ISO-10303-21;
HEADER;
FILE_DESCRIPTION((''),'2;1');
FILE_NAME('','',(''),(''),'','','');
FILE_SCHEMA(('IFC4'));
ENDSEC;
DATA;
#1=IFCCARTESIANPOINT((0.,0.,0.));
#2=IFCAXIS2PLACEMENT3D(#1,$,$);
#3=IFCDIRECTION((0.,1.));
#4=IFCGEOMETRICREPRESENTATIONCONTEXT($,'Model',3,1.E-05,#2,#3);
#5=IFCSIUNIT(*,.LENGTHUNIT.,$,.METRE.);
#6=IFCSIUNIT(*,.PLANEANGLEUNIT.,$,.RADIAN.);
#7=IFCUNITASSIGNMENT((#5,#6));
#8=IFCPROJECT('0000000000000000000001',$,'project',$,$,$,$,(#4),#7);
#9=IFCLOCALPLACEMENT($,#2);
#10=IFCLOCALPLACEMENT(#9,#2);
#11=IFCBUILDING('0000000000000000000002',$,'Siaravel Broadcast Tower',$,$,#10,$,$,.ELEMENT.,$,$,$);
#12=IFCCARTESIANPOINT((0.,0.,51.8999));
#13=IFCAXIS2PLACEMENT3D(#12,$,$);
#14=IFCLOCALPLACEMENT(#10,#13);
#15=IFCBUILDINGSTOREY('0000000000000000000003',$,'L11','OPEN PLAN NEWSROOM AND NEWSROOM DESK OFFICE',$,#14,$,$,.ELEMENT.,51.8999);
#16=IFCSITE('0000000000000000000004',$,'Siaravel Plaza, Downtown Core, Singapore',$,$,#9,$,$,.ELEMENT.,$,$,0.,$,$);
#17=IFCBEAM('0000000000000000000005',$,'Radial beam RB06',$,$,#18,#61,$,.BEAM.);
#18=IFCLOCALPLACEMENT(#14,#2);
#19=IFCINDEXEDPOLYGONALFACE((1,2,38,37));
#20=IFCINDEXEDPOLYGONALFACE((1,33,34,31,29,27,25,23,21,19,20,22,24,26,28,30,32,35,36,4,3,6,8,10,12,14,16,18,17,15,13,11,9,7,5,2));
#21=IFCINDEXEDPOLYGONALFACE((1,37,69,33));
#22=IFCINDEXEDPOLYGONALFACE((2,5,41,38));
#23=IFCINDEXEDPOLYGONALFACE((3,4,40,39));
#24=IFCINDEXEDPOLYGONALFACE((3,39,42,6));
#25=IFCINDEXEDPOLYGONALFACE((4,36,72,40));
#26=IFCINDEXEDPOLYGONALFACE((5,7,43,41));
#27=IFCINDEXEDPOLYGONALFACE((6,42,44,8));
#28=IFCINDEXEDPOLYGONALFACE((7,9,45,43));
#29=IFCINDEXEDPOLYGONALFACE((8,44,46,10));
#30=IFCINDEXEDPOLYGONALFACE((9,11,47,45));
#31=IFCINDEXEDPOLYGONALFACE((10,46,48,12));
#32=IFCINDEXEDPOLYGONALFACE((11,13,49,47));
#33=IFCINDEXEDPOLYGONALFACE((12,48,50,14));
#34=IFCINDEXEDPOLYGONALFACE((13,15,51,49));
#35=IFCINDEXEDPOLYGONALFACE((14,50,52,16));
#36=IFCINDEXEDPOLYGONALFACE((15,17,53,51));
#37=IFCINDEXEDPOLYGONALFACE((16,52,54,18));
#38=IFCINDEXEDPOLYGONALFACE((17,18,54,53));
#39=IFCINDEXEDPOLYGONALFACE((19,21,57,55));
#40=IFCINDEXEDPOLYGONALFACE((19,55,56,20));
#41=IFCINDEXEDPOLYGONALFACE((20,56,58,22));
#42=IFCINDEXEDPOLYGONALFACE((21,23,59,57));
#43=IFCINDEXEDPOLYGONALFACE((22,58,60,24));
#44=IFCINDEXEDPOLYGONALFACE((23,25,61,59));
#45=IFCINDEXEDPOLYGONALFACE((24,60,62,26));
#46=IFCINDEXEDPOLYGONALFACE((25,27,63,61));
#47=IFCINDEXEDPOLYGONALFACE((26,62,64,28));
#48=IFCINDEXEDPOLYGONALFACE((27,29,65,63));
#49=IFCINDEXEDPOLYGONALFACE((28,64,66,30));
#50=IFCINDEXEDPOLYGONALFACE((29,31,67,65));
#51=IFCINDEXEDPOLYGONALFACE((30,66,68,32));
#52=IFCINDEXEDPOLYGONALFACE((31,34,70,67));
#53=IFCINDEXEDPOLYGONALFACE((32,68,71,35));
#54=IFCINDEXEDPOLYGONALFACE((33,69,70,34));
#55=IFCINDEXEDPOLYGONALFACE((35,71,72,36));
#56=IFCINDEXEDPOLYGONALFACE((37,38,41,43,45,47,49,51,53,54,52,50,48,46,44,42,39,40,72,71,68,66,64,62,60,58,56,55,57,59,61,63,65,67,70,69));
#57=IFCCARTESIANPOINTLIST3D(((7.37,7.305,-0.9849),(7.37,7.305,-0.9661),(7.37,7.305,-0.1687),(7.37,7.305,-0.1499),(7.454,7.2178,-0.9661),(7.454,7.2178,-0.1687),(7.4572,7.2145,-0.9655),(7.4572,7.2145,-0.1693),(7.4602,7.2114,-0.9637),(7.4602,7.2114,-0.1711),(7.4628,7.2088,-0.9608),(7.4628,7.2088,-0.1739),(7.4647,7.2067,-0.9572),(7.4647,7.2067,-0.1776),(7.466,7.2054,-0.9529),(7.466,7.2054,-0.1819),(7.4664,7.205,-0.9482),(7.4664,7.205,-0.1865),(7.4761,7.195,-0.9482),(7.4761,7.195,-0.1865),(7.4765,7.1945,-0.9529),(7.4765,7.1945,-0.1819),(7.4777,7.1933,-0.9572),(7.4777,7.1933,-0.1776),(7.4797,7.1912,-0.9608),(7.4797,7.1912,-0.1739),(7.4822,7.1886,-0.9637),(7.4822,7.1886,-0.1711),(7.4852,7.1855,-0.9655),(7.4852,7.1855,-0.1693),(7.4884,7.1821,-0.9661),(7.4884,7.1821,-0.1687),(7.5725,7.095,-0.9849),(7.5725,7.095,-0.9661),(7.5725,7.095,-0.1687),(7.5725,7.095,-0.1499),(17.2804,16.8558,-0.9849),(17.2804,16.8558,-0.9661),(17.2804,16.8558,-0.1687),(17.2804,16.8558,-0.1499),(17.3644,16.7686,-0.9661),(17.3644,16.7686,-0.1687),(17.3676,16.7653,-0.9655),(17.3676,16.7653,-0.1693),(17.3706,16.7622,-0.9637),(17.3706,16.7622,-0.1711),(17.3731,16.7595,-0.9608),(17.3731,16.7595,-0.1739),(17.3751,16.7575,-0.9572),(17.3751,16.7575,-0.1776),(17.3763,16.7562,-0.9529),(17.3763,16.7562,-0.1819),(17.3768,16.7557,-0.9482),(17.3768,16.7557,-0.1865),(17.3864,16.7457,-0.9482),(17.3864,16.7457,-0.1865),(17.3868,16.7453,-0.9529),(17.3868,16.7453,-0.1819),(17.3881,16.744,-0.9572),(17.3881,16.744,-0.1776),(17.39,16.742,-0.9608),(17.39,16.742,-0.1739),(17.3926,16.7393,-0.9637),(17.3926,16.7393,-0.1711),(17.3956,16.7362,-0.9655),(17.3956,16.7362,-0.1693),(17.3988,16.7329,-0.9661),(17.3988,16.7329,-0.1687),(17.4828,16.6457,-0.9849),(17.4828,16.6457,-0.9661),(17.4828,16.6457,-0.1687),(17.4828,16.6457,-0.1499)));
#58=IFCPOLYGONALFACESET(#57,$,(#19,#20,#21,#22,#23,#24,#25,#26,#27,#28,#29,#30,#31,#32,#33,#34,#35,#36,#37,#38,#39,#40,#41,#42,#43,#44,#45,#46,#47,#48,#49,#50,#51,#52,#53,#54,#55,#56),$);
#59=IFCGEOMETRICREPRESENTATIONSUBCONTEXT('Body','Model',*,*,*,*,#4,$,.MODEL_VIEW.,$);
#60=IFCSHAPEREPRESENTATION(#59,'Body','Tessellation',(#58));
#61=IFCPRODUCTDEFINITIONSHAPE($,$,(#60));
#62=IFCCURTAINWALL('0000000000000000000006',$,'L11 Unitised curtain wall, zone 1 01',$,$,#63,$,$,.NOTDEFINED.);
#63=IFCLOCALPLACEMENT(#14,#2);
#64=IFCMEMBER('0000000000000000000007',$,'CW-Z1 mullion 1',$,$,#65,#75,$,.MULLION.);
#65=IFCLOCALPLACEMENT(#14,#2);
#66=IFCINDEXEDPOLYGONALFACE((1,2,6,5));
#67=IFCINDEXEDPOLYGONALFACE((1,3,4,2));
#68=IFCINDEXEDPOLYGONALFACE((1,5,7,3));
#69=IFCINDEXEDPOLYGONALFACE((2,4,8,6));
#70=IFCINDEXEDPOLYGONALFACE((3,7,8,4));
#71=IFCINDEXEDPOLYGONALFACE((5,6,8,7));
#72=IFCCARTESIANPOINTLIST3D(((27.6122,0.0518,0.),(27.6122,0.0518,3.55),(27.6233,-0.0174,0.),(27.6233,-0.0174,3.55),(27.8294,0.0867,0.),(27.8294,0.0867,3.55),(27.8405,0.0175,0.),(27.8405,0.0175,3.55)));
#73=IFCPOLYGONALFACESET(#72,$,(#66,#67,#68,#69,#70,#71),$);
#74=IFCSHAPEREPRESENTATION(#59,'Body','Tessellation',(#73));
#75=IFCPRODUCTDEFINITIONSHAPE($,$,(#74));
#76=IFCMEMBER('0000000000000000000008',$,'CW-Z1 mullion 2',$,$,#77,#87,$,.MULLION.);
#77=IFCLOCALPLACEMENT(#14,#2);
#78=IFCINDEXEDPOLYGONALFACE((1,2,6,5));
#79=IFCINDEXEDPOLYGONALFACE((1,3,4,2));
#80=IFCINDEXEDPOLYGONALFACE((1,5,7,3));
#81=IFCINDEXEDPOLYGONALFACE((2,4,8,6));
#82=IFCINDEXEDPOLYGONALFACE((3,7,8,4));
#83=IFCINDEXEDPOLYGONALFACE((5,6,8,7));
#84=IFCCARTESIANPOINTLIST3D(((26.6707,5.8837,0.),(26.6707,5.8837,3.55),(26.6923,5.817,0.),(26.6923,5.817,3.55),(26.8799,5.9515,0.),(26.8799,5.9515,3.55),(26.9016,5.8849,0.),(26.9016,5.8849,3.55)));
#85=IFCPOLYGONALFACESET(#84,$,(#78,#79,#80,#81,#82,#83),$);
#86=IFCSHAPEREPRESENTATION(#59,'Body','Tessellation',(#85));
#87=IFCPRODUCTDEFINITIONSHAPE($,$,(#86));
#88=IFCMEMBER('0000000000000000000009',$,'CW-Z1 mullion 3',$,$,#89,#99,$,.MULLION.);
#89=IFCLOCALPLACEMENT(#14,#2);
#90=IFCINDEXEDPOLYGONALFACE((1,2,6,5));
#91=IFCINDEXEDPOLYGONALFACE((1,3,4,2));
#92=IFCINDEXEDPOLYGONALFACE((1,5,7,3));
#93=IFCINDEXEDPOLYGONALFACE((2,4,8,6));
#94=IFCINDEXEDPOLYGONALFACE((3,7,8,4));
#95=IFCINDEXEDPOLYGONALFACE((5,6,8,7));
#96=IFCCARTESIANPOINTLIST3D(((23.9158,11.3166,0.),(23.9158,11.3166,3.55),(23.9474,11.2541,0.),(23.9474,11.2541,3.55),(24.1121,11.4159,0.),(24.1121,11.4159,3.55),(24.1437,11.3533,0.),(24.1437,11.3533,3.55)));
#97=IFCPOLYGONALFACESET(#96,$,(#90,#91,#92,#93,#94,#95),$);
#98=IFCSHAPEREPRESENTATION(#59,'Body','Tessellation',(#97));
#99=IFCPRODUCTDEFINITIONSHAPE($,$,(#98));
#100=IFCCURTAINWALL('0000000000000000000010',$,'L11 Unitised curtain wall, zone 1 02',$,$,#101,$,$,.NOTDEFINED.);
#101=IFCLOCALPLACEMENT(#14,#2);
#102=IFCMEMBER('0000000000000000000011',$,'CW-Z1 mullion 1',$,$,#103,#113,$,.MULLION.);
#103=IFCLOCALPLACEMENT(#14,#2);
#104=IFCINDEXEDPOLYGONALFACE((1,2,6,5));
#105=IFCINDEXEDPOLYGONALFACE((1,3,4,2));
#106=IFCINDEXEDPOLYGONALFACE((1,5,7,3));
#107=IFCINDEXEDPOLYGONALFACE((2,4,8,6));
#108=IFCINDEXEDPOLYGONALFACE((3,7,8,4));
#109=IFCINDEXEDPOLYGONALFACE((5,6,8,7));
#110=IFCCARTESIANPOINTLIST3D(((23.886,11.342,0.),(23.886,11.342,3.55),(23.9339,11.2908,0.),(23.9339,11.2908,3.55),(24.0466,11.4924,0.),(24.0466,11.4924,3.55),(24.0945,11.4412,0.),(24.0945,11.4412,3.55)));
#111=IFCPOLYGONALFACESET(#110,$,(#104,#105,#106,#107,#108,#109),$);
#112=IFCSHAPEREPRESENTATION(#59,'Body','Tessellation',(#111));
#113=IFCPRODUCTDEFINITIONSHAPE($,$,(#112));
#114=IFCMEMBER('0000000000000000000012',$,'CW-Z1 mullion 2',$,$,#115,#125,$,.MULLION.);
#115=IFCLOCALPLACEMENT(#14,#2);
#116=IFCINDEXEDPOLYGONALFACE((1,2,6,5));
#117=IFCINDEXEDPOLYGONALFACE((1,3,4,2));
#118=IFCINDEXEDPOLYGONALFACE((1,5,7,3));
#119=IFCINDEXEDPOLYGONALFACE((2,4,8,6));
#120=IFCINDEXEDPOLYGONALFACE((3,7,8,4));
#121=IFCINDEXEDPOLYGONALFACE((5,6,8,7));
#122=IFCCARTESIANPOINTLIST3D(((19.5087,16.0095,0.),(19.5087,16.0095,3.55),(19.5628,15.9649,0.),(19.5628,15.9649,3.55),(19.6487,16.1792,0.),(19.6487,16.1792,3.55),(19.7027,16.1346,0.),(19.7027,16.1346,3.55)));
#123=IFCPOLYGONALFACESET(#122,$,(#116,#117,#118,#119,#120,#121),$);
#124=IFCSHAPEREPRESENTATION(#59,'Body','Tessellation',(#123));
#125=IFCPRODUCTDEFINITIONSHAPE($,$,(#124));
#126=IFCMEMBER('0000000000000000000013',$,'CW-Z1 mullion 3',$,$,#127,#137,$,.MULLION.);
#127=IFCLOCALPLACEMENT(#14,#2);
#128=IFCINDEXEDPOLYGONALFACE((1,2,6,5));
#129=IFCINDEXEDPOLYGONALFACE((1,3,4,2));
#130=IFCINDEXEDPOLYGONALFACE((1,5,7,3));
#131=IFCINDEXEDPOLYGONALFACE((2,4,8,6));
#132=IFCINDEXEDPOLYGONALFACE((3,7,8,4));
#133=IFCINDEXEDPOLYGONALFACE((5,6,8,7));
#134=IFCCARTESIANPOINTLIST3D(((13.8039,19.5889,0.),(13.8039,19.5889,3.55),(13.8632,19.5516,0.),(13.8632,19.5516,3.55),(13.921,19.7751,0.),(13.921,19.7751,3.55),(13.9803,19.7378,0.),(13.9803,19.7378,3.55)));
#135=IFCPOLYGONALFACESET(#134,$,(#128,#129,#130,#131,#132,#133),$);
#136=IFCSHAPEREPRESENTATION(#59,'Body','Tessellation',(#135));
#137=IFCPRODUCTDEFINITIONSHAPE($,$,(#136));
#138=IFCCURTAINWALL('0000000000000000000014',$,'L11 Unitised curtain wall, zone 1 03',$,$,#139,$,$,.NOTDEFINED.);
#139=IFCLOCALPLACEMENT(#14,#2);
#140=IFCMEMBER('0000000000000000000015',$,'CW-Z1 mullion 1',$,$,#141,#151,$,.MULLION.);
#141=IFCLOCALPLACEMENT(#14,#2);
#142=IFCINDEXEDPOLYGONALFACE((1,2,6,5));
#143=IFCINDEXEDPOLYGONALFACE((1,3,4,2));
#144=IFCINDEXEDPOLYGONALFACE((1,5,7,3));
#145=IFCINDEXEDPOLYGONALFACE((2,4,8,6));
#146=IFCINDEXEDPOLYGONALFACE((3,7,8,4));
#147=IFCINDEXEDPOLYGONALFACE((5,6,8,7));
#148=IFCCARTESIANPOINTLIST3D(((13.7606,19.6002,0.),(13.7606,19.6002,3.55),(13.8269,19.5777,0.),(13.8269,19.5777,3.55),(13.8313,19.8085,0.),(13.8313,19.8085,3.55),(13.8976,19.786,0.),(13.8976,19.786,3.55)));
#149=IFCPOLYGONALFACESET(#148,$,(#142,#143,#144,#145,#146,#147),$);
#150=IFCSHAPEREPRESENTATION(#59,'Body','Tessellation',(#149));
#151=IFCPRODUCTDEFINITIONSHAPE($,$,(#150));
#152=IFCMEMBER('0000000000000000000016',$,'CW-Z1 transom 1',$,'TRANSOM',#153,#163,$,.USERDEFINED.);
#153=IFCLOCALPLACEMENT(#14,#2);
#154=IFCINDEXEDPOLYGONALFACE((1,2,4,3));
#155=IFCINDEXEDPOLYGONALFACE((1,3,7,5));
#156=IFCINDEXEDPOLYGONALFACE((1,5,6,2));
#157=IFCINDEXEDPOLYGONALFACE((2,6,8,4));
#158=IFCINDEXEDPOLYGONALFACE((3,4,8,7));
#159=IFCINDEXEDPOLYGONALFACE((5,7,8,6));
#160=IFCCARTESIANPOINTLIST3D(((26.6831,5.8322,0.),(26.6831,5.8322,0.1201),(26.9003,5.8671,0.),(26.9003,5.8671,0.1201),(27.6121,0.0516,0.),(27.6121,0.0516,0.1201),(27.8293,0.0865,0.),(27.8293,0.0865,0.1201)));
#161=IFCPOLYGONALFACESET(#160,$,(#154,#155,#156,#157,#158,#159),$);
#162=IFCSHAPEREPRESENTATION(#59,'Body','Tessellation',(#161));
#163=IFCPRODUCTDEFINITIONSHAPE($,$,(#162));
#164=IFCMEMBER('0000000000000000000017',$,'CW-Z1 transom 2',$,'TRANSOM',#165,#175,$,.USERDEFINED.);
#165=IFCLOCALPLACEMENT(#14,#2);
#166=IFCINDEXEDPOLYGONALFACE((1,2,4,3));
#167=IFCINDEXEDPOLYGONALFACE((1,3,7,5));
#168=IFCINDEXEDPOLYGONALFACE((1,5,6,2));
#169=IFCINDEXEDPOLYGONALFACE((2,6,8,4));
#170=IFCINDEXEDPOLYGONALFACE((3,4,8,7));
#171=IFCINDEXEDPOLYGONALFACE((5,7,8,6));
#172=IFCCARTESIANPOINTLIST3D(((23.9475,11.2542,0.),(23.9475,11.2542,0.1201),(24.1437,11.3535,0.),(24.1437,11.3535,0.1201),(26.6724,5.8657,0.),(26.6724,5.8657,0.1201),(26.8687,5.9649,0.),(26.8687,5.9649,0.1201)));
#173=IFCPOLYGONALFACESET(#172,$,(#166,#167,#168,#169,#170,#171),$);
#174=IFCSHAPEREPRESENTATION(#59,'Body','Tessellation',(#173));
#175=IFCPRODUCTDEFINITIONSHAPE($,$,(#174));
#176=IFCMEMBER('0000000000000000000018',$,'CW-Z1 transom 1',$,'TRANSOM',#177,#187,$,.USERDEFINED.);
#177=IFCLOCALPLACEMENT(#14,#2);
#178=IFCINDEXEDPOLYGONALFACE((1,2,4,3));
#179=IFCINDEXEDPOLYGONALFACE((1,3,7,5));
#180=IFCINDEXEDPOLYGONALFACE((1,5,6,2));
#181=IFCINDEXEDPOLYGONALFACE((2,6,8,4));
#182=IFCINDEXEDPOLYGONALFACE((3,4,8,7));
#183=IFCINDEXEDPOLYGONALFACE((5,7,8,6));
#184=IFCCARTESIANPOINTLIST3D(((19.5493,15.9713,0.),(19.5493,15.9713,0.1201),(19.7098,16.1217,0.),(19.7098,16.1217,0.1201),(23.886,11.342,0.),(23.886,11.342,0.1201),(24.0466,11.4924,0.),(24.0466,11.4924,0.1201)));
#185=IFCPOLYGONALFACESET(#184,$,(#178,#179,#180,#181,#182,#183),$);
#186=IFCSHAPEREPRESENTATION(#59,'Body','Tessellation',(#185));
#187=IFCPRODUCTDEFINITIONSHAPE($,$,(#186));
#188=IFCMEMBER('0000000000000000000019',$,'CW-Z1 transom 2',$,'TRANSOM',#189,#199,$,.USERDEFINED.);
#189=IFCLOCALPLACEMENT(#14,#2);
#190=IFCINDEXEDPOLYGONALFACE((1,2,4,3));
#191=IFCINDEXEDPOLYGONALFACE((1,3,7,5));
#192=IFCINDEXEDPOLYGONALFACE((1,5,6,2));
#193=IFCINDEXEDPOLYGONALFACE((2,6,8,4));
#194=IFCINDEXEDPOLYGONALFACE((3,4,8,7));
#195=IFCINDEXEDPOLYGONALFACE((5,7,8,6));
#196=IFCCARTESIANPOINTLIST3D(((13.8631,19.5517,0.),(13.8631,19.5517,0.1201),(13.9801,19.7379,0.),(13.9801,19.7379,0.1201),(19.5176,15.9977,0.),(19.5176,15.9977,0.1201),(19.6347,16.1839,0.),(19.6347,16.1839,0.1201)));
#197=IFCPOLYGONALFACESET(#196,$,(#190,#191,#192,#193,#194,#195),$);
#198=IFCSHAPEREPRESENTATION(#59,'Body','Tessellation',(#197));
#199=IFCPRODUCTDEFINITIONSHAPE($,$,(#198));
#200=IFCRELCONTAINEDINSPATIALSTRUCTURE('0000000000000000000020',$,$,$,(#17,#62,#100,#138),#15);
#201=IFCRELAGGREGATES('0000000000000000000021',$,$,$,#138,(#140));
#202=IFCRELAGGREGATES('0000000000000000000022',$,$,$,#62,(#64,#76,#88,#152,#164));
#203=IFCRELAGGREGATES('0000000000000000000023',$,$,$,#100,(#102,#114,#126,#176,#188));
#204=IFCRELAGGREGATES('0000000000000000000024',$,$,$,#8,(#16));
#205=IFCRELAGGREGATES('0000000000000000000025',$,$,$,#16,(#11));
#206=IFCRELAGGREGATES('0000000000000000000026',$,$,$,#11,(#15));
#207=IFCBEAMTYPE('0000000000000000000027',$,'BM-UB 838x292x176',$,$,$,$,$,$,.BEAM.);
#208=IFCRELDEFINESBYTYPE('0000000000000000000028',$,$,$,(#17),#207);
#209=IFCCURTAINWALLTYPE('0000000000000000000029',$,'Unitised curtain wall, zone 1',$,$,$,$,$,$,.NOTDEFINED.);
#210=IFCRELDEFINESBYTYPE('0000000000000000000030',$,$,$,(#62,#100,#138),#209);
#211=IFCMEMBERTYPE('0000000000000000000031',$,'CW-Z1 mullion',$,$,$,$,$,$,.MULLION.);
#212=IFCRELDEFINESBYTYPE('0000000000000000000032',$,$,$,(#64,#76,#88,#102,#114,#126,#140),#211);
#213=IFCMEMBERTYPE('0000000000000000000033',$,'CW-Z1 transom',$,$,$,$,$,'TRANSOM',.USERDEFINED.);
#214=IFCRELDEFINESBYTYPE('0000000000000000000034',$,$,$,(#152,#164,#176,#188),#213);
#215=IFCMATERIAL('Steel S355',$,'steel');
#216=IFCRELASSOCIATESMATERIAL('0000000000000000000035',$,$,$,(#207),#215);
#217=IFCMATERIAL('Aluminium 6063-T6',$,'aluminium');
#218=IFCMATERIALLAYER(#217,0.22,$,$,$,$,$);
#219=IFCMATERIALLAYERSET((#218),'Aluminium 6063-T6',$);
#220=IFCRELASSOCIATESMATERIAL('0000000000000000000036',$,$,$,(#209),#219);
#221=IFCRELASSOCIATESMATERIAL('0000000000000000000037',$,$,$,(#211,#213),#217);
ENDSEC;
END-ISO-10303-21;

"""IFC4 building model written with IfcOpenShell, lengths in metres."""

from ifc_helpers import new_model, si_unit, direction, frame, origin, origin_2d, place, context, subcontext, project, spatial, rectangle, i_section, extrude, material, layer, layer_set, material_profile, profile_set, type_object, element, aggregate, save


model = new_model("IFC4")

# Units and contexts
model_context = context("Model", 3, precision=1e-05, world=origin(), true_north=direction((0.0, 1.0)))
body_context = subcontext(model_context, "Body", "Model", "MODEL_VIEW")
ifc_project = project(units=[si_unit("LENGTHUNIT", "METRE"), si_unit("PLANEANGLEUNIT", "RADIAN")], contexts=[model_context])

# Site, building, storey
site_placement = place(None, origin())
site = spatial("IfcSite", under=ifc_project, at=site_placement, Name="Siaravel Plaza, Downtown Core, Singapore", CompositionType="ELEMENT", RefElevation=0.0)
building_placement = place(site_placement, origin())
building = spatial("IfcBuilding", under=site, at=building_placement, Name="Siaravel Broadcast Tower", CompositionType="ELEMENT")
storey_placement = place(building_placement, frame((0.0, 0.0, 51.8999)))
storey = spatial("IfcBuildingStorey", under=building, at=storey_placement, Name="L11", Description="OPEN PLAN NEWSROOM AND NEWSROOM DESK OFFICE", CompositionType="ELEMENT", Elevation=51.8999)

# Beam
ifc_material_1 = material(Name="Steel S355", Category="steel")
ifc_material_profile_1 = material_profile(ifc_material_1, i_section(OverallWidth=0.2917, OverallDepth=0.835, WebThickness=0.0139, FlangeThickness=0.0188, FilletRadius=0.0178, at=origin_2d()))
ifc_profile_set_1 = profile_set([ifc_material_profile_1], Name="Steel S355")
beam_type = type_object("IfcBeamType", Name="BM-UB 838x292x176", PredefinedType="BEAM", material=ifc_profile_set_1)
beam_1_placement = place(storey_placement, frame((17.3816, 16.7507, -0.5674), z_axis=(-0.72005, -0.693922, 0.0), x_axis=(0.693922, -0.72005, 0.0)))
element("IfcBeam", 1, at=beam_1_placement, inside=storey, type_object=beam_type, Name="Radial beam RB06", PredefinedType="BEAM", context=body_context, shape_type="SweptSolid", body=[
    extrude(i_section(OverallWidth=0.2917, OverallDepth=0.835, WebThickness=0.0139, FlangeThickness=0.0188, FilletRadius=0.0178, at=origin_2d()), origin(), (0.0, 0.0, 1.0), 13.7634),
])

# Curtain walls, members
ifc_material_2 = material(Name="Aluminium 6063-T6", Category="aluminium")
ifc_layer_1 = layer(ifc_material_2, 0.22)
ifc_layer_set_1 = layer_set([ifc_layer_1], Name="Aluminium 6063-T6")
curtain_wall_type = type_object("IfcCurtainWallType", Name="Unitised curtain wall, zone 1", PredefinedType="NOTDEFINED", material=ifc_layer_set_1)
curtain_wall_1_placement = place(storey_placement, origin())
curtain_wall_1 = element("IfcCurtainWall", 2, at=curtain_wall_1_placement, inside=storey, type_object=curtain_wall_type, Name="L11 Unitised curtain wall, zone 1 01", PredefinedType="NOTDEFINED")
ifc_material_profile_2 = material_profile(ifc_material_2, rectangle(XDim=0.22, YDim=0.0701, at=origin_2d()))
ifc_profile_set_2 = profile_set([ifc_material_profile_2], Name="Aluminium 6063-T6")
member_type_1 = type_object("IfcMemberType", Name="CW-Z1 mullion", PredefinedType="MULLION", material=ifc_profile_set_2)
member_1_placement = place(storey_placement, frame((27.7263, 0.0347, 0.0), z_axis=(0.0, 0.0, 1.0), x_axis=(-0.987329, -0.158686, 0.0)))
member_1 = element("IfcMember", 3, at=member_1_placement, type_object=member_type_1, Name="CW-Z1 mullion 1", PredefinedType="MULLION", context=body_context, shape_type="SweptSolid", body=[
    extrude(rectangle(XDim=0.22, YDim=0.0701, at=origin_2d()), origin(), (0.0, 0.0, 1.0), 3.55),
])
member_2_placement = place(storey_placement, frame((26.7861, 5.8843, 0.0), z_axis=(0.0, 0.0, 1.0), x_axis=(-0.951177, -0.308646, 0.0)))
member_2 = element("IfcMember", 4, at=member_2_placement, type_object=member_type_1, Name="CW-Z1 mullion 2", PredefinedType="MULLION", context=body_context, shape_type="SweptSolid", body=[
    extrude(rectangle(XDim=0.22, YDim=0.0701, at=origin_2d()), origin(), (0.0, 0.0, 1.0), 3.55),
])
member_3_placement = place(storey_placement, frame((24.0298, 11.335, 0.0), z_axis=(0.0, 0.0, 1.0), x_axis=(-0.892392, -0.451261, 0.0)))
member_3 = element("IfcMember", 5, at=member_3_placement, type_object=member_type_1, Name="CW-Z1 mullion 3", PredefinedType="MULLION", context=body_context, shape_type="SweptSolid", body=[
    extrude(rectangle(XDim=0.22, YDim=0.0701, at=origin_2d()), origin(), (0.0, 0.0, 1.0), 3.55),
])
curtain_wall_2_placement = place(storey_placement, origin())
curtain_wall_2 = element("IfcCurtainWall", 6, at=curtain_wall_2_placement, inside=storey, type_object=curtain_wall_type, Name="L11 Unitised curtain wall, zone 1 02", PredefinedType="NOTDEFINED")
member_4_placement = place(storey_placement, frame((23.9902, 11.3916, 0.0), z_axis=(0.0, 0.0, 1.0), x_axis=(-0.729805, -0.683655, 0.0)))
member_4 = element("IfcMember", 7, at=member_4_placement, type_object=member_type_1, Name="CW-Z1 mullion 1", PredefinedType="MULLION", context=body_context, shape_type="SweptSolid", body=[
    extrude(rectangle(XDim=0.22, YDim=0.0701, at=origin_2d()), origin(), (0.0, 0.0, 1.0), 3.55),
])
member_5_placement = place(storey_placement, frame((19.6057, 16.072, 0.0), z_axis=(0.0, 0.0, 1.0), x_axis=(-0.636219, -0.771509, 0.0)))
member_5 = element("IfcMember", 8, at=member_5_placement, type_object=member_type_1, Name="CW-Z1 mullion 2", PredefinedType="MULLION", context=body_context, shape_type="SweptSolid", body=[
    extrude(rectangle(XDim=0.22, YDim=0.0701, at=origin_2d()), origin(), (0.0, 0.0, 1.0), 3.55),
])
member_6_placement = place(storey_placement, frame((13.8921, 19.6633, 0.0), z_axis=(0.0, 0.0, 1.0), x_axis=(-0.532149, -0.846651, 0.0)))
member_6 = element("IfcMember", 9, at=member_6_placement, type_object=member_type_1, Name="CW-Z1 mullion 3", PredefinedType="MULLION", context=body_context, shape_type="SweptSolid", body=[
    extrude(rectangle(XDim=0.22, YDim=0.0701, at=origin_2d()), origin(), (0.0, 0.0, 1.0), 3.55),
])

# Curtain wall, member
curtain_wall_3_placement = place(storey_placement, origin())
curtain_wall_3 = element("IfcCurtainWall", 10, at=curtain_wall_3_placement, inside=storey, type_object=curtain_wall_type, Name="L11 Unitised curtain wall, zone 1 03", PredefinedType="NOTDEFINED")
member_7_placement = place(storey_placement, frame((13.8291, 19.6931, 0.0), z_axis=(0.0, 0.0, 1.0), x_axis=(-0.321301, -0.946977, 0.0)))
member_7 = element("IfcMember", 11, at=member_7_placement, type_object=member_type_1, Name="CW-Z1 mullion 1", PredefinedType="MULLION", context=body_context, shape_type="SweptSolid", body=[
    extrude(rectangle(XDim=0.22, YDim=0.0701, at=origin_2d()), origin(), (0.0, 0.0, 1.0), 3.55),
])
aggregate(curtain_wall_3, [member_7])

# Members
ifc_material_profile_3 = material_profile(ifc_material_2, rectangle(XDim=0.22, YDim=0.1201, at=origin_2d()))
ifc_profile_set_3 = profile_set([ifc_material_profile_3], Name="Aluminium 6063-T6")
member_type_2 = type_object("IfcMemberType", Name="CW-Z1 transom", ElementType="TRANSOM", PredefinedType="USERDEFINED", material=ifc_profile_set_3)
member_8_placement = place(storey_placement, frame((27.7207, 0.0691, 0.0601), z_axis=(-0.158669, 0.987332, 0.0), x_axis=(-0.987332, -0.158669, 0.0)))
member_8 = element("IfcMember", 12, at=member_8_placement, type_object=member_type_2, Name="CW-Z1 transom 1", ObjectType="TRANSOM", PredefinedType="USERDEFINED", context=body_context, shape_type="SweptSolid", body=[
    extrude(rectangle(XDim=0.22, YDim=0.1201, at=origin_2d()), origin(), (0.0, 0.0, 1.0), 5.8547),
])
member_9_placement = place(storey_placement, frame((26.7705, 5.9153, 0.0601), z_axis=(-0.451268, 0.892388, 0.0), x_axis=(-0.892388, -0.451268, 0.0)))
member_9 = element("IfcMember", 13, at=member_9_placement, type_object=member_type_2, Name="CW-Z1 transom 2", ObjectType="TRANSOM", PredefinedType="USERDEFINED", context=body_context, shape_type="SweptSolid", body=[
    extrude(rectangle(XDim=0.22, YDim=0.1201, at=origin_2d()), origin(), (0.0, 0.0, 1.0), 6.0383),
])
member_10_placement = place(storey_placement, frame((23.9663, 11.4172, 0.0601), z_axis=(-0.683676, 0.729786, 0.0), x_axis=(-0.729786, -0.683676, 0.0)))
member_10 = element("IfcMember", 14, at=member_10_placement, type_object=member_type_2, Name="CW-Z1 transom 1", ObjectType="TRANSOM", PredefinedType="USERDEFINED", context=body_context, shape_type="SweptSolid", body=[
    extrude(rectangle(XDim=0.22, YDim=0.1201, at=origin_2d()), origin(), (0.0, 0.0, 1.0), 6.3433),
])
member_11_placement = place(storey_placement, frame((19.5762, 16.0908, 0.0601), z_axis=(-0.846659, 0.532136, 0.0), x_axis=(-0.532136, -0.846659, 0.0)))
member_11 = element("IfcMember", 15, at=member_11_placement, type_object=member_type_2, Name="CW-Z1 transom 2", ObjectType="TRANSOM", PredefinedType="USERDEFINED", context=body_context, shape_type="SweptSolid", body=[
    extrude(rectangle(XDim=0.22, YDim=0.1201, at=origin_2d()), origin(), (0.0, 0.0, 1.0), 6.6787),
])

aggregate(curtain_wall_1, [member_1, member_2, member_3, member_8, member_9])
aggregate(curtain_wall_2, [member_4, member_5, member_6, member_10, member_11])

save(model, "model.ifc")
